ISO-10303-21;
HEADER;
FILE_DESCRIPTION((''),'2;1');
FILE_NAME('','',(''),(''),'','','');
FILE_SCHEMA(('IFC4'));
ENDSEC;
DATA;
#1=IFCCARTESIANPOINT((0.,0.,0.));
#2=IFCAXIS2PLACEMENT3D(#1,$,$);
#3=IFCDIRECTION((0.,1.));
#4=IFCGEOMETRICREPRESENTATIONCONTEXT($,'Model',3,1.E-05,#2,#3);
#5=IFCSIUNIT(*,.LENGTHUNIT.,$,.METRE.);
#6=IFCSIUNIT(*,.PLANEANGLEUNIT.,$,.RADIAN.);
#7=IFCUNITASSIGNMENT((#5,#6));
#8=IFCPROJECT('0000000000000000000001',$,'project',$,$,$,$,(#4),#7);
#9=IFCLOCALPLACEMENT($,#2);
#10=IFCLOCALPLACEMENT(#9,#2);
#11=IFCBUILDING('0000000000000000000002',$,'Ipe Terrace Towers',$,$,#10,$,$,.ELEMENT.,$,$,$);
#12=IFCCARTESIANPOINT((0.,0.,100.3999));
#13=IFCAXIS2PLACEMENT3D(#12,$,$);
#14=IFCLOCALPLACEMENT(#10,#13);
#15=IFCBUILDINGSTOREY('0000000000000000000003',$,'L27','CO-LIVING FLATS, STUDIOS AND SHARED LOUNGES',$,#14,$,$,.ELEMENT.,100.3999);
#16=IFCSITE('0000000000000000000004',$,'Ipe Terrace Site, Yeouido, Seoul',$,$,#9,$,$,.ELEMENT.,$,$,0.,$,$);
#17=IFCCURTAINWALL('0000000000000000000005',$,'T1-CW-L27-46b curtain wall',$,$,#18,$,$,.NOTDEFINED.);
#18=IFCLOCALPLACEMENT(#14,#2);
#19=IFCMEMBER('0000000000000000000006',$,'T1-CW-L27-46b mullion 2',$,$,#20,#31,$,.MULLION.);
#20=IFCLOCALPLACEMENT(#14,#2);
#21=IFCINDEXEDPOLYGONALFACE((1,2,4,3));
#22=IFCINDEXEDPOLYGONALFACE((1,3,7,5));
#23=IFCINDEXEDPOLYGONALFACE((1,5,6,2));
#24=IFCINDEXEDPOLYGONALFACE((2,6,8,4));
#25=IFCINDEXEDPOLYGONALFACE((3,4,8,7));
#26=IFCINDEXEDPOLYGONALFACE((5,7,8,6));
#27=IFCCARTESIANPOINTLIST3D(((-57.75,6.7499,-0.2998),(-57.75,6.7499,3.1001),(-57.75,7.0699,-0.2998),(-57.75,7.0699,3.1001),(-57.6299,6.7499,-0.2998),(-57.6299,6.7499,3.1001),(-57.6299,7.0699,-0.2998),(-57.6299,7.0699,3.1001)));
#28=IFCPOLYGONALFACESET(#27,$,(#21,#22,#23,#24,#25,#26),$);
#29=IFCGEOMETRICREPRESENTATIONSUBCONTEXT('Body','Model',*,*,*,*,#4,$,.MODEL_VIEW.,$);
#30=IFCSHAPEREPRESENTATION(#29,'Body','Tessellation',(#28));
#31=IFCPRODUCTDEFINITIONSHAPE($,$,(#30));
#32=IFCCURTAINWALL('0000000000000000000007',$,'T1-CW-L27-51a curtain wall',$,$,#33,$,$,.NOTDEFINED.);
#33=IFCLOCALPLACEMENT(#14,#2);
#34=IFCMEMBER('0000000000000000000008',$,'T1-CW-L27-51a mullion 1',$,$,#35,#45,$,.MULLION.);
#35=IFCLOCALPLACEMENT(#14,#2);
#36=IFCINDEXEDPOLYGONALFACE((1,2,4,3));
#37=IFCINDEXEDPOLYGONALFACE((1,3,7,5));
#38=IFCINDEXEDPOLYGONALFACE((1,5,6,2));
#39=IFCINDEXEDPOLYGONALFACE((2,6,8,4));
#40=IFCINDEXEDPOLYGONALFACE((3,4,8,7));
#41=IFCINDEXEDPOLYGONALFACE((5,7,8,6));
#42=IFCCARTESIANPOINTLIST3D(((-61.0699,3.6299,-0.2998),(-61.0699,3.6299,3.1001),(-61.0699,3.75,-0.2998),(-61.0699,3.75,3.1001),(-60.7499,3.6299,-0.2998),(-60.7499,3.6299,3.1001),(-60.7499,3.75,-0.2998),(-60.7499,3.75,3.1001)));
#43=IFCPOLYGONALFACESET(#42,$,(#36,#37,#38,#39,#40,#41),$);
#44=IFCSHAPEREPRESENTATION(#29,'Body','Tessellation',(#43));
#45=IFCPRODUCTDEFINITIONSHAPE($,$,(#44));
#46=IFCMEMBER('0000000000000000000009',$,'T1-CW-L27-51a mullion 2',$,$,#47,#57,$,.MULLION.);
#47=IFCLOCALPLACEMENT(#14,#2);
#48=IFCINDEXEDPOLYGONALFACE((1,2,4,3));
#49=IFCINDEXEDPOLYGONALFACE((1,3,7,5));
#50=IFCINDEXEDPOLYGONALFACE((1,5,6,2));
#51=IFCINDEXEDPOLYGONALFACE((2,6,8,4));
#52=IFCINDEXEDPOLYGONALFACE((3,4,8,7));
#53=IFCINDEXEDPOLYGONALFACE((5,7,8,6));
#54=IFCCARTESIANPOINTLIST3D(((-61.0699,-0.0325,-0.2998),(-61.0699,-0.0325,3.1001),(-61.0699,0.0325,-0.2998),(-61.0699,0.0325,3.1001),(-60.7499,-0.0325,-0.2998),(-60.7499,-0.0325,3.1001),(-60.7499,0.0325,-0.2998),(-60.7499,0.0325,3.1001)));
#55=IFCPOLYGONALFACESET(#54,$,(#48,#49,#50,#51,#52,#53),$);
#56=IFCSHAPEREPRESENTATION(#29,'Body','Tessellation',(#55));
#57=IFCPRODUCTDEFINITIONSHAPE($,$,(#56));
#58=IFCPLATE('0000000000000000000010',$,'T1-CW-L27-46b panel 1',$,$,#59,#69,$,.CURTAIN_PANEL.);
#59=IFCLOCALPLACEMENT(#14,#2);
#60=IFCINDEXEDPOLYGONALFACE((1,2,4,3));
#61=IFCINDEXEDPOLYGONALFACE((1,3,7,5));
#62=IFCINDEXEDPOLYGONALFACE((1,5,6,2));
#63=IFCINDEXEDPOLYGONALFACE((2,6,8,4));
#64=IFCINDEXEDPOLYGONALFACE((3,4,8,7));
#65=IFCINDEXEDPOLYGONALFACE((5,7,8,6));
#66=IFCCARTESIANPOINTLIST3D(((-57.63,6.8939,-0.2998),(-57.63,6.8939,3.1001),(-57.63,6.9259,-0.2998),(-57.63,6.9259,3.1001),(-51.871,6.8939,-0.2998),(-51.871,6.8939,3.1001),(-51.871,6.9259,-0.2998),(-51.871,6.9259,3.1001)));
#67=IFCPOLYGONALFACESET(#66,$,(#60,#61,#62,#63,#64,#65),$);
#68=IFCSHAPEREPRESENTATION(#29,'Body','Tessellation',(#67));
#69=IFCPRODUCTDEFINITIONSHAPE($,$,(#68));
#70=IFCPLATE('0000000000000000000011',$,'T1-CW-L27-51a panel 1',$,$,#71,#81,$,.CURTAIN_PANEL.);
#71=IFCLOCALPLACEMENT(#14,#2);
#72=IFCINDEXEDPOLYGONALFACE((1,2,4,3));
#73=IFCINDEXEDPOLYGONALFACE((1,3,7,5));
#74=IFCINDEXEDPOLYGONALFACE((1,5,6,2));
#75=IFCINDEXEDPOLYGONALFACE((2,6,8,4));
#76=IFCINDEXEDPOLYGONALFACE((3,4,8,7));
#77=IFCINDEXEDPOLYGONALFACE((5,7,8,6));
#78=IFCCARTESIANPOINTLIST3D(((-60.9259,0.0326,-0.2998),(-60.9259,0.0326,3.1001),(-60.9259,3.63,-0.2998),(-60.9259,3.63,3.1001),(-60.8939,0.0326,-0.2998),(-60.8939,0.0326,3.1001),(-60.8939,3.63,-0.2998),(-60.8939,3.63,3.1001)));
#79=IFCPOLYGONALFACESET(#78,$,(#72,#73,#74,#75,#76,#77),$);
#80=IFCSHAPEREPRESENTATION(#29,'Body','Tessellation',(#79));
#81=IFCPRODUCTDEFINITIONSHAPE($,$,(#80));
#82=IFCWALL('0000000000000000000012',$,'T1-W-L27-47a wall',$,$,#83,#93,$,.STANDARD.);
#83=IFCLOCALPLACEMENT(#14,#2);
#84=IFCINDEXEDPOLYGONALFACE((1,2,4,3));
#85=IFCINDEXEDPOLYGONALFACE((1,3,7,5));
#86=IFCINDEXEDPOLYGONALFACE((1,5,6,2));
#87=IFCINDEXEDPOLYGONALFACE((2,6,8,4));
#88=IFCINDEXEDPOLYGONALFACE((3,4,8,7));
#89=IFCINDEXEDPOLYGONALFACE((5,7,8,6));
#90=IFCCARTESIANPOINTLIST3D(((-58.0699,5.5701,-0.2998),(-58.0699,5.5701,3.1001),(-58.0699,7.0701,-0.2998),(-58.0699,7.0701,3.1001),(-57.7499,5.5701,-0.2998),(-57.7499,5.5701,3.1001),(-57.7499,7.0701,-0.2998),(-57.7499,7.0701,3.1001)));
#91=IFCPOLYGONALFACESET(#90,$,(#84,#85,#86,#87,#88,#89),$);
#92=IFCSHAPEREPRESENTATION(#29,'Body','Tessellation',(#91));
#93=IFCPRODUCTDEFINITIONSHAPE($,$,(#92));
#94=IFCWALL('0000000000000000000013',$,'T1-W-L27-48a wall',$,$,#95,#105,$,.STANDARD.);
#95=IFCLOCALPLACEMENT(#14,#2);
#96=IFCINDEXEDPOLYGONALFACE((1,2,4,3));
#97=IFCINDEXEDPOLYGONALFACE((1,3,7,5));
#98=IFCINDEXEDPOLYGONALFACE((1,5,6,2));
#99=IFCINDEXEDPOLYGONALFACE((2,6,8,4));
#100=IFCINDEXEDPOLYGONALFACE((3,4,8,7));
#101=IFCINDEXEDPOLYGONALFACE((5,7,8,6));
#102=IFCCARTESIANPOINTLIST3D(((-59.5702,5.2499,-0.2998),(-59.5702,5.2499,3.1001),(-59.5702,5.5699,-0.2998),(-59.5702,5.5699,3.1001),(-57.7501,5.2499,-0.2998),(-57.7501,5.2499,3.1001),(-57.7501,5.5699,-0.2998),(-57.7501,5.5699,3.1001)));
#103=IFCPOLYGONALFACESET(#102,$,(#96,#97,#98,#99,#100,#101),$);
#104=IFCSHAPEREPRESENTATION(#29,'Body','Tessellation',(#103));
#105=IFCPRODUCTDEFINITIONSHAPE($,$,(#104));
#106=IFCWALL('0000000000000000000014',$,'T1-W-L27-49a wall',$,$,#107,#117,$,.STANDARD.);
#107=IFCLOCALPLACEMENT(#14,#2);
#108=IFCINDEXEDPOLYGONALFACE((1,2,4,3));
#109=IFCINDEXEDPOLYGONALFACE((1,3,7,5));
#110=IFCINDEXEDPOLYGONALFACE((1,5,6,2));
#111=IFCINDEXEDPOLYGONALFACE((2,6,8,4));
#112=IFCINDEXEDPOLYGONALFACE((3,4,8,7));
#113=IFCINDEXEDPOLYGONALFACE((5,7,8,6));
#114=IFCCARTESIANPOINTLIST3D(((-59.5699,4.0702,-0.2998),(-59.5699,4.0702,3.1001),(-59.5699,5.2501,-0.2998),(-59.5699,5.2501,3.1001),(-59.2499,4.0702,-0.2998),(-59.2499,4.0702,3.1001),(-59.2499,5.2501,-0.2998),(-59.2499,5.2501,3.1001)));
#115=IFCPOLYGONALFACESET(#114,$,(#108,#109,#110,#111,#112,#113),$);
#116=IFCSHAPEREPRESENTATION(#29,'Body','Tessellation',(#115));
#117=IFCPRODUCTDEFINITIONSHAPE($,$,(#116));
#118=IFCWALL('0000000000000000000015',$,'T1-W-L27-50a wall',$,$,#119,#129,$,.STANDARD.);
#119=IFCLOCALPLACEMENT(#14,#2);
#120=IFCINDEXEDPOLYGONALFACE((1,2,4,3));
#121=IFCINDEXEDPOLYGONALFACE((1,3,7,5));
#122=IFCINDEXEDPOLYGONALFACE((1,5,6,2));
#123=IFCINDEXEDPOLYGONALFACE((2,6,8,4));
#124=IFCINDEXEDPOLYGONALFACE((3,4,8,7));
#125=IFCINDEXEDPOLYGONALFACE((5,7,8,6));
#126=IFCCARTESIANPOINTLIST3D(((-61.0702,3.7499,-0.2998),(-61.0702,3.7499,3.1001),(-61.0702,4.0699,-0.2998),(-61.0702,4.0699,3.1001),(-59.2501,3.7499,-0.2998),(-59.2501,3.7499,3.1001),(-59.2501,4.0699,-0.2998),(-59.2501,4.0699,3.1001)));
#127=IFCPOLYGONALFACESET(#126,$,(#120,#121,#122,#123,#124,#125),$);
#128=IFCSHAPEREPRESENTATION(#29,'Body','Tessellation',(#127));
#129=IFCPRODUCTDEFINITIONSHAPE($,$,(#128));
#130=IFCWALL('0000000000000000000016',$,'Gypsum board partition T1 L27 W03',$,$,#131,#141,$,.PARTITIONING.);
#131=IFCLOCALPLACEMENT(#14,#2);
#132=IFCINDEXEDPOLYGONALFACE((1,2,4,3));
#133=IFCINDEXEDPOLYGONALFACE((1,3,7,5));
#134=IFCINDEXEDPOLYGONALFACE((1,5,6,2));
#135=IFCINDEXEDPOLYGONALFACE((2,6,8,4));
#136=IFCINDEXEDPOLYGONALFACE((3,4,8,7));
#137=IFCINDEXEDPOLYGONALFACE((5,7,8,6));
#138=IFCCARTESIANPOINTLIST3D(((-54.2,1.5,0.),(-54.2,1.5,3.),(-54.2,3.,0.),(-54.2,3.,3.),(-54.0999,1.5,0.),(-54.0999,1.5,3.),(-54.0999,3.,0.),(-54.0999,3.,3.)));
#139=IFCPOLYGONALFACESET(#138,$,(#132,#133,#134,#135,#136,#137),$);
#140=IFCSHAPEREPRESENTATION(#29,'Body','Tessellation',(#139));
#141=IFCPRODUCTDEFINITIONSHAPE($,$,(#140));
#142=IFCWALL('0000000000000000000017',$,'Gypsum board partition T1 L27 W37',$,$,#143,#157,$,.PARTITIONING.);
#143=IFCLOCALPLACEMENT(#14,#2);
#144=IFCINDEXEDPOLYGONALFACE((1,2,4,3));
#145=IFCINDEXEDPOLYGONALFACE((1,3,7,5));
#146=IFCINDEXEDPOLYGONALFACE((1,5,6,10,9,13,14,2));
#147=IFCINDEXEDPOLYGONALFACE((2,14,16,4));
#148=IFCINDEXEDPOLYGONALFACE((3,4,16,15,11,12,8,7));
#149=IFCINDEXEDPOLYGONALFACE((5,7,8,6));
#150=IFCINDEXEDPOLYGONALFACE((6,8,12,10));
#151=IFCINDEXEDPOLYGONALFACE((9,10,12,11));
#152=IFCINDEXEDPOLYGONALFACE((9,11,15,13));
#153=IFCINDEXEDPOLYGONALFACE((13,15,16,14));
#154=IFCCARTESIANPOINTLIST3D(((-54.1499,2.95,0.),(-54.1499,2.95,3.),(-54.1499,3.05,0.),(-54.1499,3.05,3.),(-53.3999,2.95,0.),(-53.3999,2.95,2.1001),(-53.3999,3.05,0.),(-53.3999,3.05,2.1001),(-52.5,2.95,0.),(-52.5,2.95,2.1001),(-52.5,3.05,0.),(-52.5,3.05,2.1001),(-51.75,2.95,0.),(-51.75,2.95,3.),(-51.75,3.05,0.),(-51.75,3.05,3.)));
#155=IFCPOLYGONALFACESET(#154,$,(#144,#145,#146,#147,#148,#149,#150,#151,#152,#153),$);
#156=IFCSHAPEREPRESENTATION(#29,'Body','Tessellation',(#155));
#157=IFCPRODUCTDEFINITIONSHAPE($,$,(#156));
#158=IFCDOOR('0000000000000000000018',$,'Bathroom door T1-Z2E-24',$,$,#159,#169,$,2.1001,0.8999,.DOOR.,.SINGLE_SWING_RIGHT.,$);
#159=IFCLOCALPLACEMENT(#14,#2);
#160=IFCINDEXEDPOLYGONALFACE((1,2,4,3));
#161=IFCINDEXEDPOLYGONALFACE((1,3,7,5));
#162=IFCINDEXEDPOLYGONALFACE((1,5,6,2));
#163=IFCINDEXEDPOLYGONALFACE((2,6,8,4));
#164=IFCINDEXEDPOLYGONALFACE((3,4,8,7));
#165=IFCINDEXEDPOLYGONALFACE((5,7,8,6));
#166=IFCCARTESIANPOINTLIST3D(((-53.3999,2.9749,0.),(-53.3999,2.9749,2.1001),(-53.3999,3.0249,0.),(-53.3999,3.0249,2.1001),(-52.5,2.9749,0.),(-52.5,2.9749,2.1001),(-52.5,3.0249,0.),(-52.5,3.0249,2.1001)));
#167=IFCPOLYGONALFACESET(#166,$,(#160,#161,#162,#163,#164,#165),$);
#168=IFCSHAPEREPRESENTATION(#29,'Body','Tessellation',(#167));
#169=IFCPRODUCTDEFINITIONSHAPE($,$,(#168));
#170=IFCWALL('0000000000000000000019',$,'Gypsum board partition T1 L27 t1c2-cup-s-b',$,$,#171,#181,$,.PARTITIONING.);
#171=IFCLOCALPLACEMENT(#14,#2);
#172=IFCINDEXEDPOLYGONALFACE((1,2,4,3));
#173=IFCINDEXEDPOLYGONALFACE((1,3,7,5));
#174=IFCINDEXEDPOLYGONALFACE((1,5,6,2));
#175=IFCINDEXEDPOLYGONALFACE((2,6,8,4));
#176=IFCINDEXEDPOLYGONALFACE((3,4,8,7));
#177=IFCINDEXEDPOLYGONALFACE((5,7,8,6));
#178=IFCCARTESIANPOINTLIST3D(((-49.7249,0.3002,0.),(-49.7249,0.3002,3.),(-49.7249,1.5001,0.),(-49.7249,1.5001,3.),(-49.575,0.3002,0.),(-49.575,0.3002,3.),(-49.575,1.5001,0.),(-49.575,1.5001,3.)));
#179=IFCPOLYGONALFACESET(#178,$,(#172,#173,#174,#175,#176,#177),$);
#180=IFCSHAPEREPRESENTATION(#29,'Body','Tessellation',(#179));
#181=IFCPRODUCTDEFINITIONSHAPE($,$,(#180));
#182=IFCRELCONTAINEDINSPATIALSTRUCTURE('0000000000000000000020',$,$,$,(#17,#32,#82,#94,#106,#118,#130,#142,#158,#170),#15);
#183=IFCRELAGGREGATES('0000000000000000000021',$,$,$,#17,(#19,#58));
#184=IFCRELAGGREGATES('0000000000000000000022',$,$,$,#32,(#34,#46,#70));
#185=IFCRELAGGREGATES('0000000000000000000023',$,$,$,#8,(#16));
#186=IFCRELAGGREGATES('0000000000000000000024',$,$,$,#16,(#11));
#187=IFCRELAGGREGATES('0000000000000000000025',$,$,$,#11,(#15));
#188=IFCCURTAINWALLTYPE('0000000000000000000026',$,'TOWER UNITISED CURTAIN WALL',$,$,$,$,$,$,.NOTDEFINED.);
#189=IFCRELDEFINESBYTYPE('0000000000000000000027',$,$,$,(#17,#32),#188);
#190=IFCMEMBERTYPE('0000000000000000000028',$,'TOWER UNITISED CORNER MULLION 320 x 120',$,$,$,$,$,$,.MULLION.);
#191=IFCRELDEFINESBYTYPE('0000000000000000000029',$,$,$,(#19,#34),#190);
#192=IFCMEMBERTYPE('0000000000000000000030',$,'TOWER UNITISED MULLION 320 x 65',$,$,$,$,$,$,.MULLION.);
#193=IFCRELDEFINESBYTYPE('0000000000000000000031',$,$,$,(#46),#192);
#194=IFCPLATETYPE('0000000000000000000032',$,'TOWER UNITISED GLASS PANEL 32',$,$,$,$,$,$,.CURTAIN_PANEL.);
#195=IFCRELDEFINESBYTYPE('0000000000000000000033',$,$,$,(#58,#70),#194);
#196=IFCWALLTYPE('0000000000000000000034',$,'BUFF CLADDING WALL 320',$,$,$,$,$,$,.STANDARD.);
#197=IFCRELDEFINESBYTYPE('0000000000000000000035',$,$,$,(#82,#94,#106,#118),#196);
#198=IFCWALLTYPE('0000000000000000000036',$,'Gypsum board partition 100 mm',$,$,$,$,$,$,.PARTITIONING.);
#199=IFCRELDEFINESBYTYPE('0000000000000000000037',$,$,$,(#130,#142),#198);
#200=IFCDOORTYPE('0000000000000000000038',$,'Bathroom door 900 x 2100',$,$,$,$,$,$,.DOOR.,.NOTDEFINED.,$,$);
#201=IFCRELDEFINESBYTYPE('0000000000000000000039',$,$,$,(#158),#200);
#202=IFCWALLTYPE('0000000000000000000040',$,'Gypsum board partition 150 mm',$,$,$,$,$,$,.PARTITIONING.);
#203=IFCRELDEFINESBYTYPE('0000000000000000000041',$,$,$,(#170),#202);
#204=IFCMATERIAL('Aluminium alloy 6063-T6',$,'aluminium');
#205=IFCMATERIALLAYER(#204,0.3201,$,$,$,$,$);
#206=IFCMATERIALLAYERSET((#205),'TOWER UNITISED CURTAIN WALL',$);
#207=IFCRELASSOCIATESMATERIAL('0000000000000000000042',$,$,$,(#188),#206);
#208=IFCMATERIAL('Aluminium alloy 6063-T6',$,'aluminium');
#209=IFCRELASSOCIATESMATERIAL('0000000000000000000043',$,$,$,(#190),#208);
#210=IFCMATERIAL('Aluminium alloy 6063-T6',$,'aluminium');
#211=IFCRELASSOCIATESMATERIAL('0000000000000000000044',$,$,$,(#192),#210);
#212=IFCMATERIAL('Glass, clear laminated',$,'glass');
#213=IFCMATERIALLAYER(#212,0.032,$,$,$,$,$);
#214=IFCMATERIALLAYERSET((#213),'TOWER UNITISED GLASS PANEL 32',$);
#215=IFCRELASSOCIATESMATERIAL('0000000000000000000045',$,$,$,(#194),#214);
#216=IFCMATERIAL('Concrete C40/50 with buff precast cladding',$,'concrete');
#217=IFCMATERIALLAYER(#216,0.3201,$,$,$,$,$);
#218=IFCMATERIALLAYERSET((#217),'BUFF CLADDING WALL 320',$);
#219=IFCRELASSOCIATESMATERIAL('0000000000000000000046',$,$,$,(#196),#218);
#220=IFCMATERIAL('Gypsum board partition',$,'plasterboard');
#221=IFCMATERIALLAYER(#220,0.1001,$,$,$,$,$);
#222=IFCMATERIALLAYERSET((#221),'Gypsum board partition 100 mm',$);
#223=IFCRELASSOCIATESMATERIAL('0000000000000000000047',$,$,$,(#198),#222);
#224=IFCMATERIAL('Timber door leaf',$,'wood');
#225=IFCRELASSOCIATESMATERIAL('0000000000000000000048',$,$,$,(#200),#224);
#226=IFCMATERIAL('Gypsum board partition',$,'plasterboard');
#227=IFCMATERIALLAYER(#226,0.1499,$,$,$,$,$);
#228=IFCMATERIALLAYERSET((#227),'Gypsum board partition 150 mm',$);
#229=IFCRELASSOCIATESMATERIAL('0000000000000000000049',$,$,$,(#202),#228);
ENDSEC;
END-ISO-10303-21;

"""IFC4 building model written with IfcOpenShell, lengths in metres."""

from ifc_helpers import new_model, si_unit, direction, frame, frame_2d, origin, origin_2d, place, context, subcontext, project, spatial, rectangle, extrude, material, layer, layer_set, material_profile, profile_set, type_object, element, fill, aggregate, save


model = new_model("IFC4")

# Units and contexts
model_context = context("Model", 3, precision=1e-05, world=origin(), true_north=direction((0.0, 1.0)))
body_context = subcontext(model_context, "Body", "Model", "MODEL_VIEW")
ifc_project = project(units=[si_unit("LENGTHUNIT", "METRE"), si_unit("PLANEANGLEUNIT", "RADIAN")], contexts=[model_context])

# Site, building, storey
site_placement = place(None, origin())
site = spatial("IfcSite", under=ifc_project, at=site_placement, Name="Ipe Terrace Site, Yeouido, Seoul", CompositionType="ELEMENT", RefElevation=0.0)
building_placement = place(site_placement, origin())
building = spatial("IfcBuilding", under=site, at=building_placement, Name="Ipe Terrace Towers", CompositionType="ELEMENT")
storey_placement = place(building_placement, frame((0.0, 0.0, 100.3999)))
storey = spatial("IfcBuildingStorey", under=building, at=storey_placement, Name="L27", Description="CO-LIVING FLATS, STUDIOS AND SHARED LOUNGES", CompositionType="ELEMENT", Elevation=100.3999)

# Curtain walls, members
ifc_material_1 = material(Name="Aluminium alloy 6063-T6", Category="aluminium")
ifc_layer_1 = layer(ifc_material_1, 0.3201)
ifc_layer_set_1 = layer_set([ifc_layer_1], Name="TOWER UNITISED CURTAIN WALL")
curtain_wall_type = type_object("IfcCurtainWallType", Name="TOWER UNITISED CURTAIN WALL", PredefinedType="NOTDEFINED", material=ifc_layer_set_1)
curtain_wall_1_placement = place(storey_placement, origin())
curtain_wall_1 = element("IfcCurtainWall", 1, at=curtain_wall_1_placement, inside=storey, type_object=curtain_wall_type, Name="T1-CW-L27-46b curtain wall", PredefinedType="NOTDEFINED")
ifc_material_2 = material(Name="Aluminium alloy 6063-T6", Category="aluminium")
ifc_material_profile_1 = material_profile(ifc_material_2, rectangle(XDim=0.3201, YDim=0.1201, at=origin_2d()), Name="TOWER UNITISED CORNER MULLION 320 x 120")
ifc_profile_set_1 = profile_set([ifc_material_profile_1], Name="Aluminium alloy 6063-T6")
member_type_1 = type_object("IfcMemberType", Name="TOWER UNITISED CORNER MULLION 320 x 120", PredefinedType="MULLION", material=ifc_profile_set_1)
member_1_placement = place(storey_placement, frame((-57.6899, 6.9099, -0.2998), z_axis=(0.0, 0.0, 1.0), x_axis=(0.0, 1.0, 0.0)))
member_1 = element("IfcMember", 2, at=member_1_placement, type_object=member_type_1, Name="T1-CW-L27-46b mullion 2", PredefinedType="MULLION", context=body_context, shape_type="SweptSolid", body=[
    extrude(rectangle(XDim=0.3201, YDim=0.1201, at=origin_2d()), origin(), (0.0, 0.0, 1.0), 3.3999),
])
curtain_wall_2_placement = place(storey_placement, origin())
curtain_wall_2 = element("IfcCurtainWall", 3, at=curtain_wall_2_placement, inside=storey, type_object=curtain_wall_type, Name="T1-CW-L27-51a curtain wall", PredefinedType="NOTDEFINED")
member_2_placement = place(storey_placement, frame((-60.9099, 3.6899, -0.2998), z_axis=(0.0, 0.0, 1.0), x_axis=(-1.0, 0.0, 0.0)))
member_2 = element("IfcMember", 4, at=member_2_placement, type_object=member_type_1, Name="T1-CW-L27-51a mullion 1", PredefinedType="MULLION", context=body_context, shape_type="SweptSolid", body=[
    extrude(rectangle(XDim=0.3201, YDim=0.1201, at=origin_2d()), origin(), (0.0, 0.0, 1.0), 3.3999),
])
ifc_material_3 = material(Name="Aluminium alloy 6063-T6", Category="aluminium")
ifc_material_profile_2 = material_profile(ifc_material_3, rectangle(XDim=0.3201, YDim=0.0649, at=origin_2d()), Name="TOWER UNITISED MULLION 320 x 65")
ifc_profile_set_2 = profile_set([ifc_material_profile_2], Name="Aluminium alloy 6063-T6")
member_type_2 = type_object("IfcMemberType", Name="TOWER UNITISED MULLION 320 x 65", PredefinedType="MULLION", material=ifc_profile_set_2)
member_3_placement = place(storey_placement, frame((-60.9099, 0.0, -0.2998), z_axis=(0.0, 0.0, 1.0), x_axis=(-1.0, 0.0, 0.0)))
member_3 = element("IfcMember", 5, at=member_3_placement, type_object=member_type_2, Name="T1-CW-L27-51a mullion 2", PredefinedType="MULLION", context=body_context, shape_type="SweptSolid", body=[
    extrude(rectangle(XDim=0.3201, YDim=0.0649, at=origin_2d()), origin(), (0.0, 0.0, 1.0), 3.3999),
])

# Plates
ifc_material_4 = material(Name="Glass, clear laminated", Category="glass")
ifc_layer_2 = layer(ifc_material_4, 0.032)
ifc_layer_set_2 = layer_set([ifc_layer_2], Name="TOWER UNITISED GLASS PANEL 32")
plate_type = type_object("IfcPlateType", Name="TOWER UNITISED GLASS PANEL 32", PredefinedType="CURTAIN_PANEL", material=ifc_layer_set_2)
plate_1_placement = place(storey_placement, frame((-54.7505, 6.9099, -0.2998), z_axis=(0.0, 0.0, 1.0), x_axis=(-1.0, 0.0, 0.0)))
plate_1 = element("IfcPlate", 6, at=plate_1_placement, type_object=plate_type, Name="T1-CW-L27-46b panel 1", PredefinedType="CURTAIN_PANEL", context=body_context, shape_type="SweptSolid", body=[
    extrude(rectangle(XDim=5.759, YDim=0.032, at=origin_2d()), origin(), (0.0, 0.0, 1.0), 3.3999),
])
aggregate(curtain_wall_1, [member_1, plate_1])
plate_2_placement = place(storey_placement, frame((-60.9099, 1.8313, -0.2998), z_axis=(0.0, 0.0, 1.0), x_axis=(0.0, -1.0, 0.0)))
plate_2 = element("IfcPlate", 7, at=plate_2_placement, type_object=plate_type, Name="T1-CW-L27-51a panel 1", PredefinedType="CURTAIN_PANEL", context=body_context, shape_type="SweptSolid", body=[
    extrude(rectangle(XDim=3.5974, YDim=0.032, at=origin_2d()), origin(), (0.0, 0.0, 1.0), 3.3999),
])
aggregate(curtain_wall_2, [member_2, member_3, plate_2])

# Walls
ifc_material_5 = material(Name="Concrete C40/50 with buff precast cladding", Category="concrete")
ifc_layer_3 = layer(ifc_material_5, 0.3201)
ifc_layer_set_3 = layer_set([ifc_layer_3], Name="BUFF CLADDING WALL 320")
wall_type_1 = type_object("IfcWallType", Name="BUFF CLADDING WALL 320", PredefinedType="STANDARD", material=ifc_layer_set_3)
wall_1_placement = place(storey_placement, frame((-57.9099, 7.0701, -0.2998), z_axis=(0.0, 0.0, 1.0), x_axis=(0.0, -1.0, 0.0)))
element("IfcWall", 8, at=wall_1_placement, inside=storey, type_object=wall_type_1, Name="T1-W-L27-47a wall", PredefinedType="STANDARD", context=body_context, shape_type="SweptSolid", body=[
    extrude(rectangle(XDim=1.5, YDim=0.3201, at=frame_2d((0.75, 0.0))), origin(), (0.0, 0.0, 1.0), 3.3999),
])
wall_2_placement = place(storey_placement, frame((-57.75, 5.4099, -0.2998), z_axis=(0.0, 0.0, 1.0), x_axis=(-1.0, 0.0, 0.0)))
element("IfcWall", 9, at=wall_2_placement, inside=storey, type_object=wall_type_1, Name="T1-W-L27-48a wall", PredefinedType="STANDARD", context=body_context, shape_type="SweptSolid", body=[
    extrude(rectangle(XDim=1.8201, YDim=0.3201, at=frame_2d((0.9102, 0.0))), origin(), (0.0, 0.0, 1.0), 3.3999),
])
wall_3_placement = place(storey_placement, frame((-59.4099, 5.25, -0.2998), z_axis=(0.0, 0.0, 1.0), x_axis=(0.0, -1.0, 0.0)))
element("IfcWall", 10, at=wall_3_placement, inside=storey, type_object=wall_type_1, Name="T1-W-L27-49a wall", PredefinedType="STANDARD", context=body_context, shape_type="SweptSolid", body=[
    extrude(rectangle(XDim=1.1799, YDim=0.3201, at=frame_2d((0.5898, 0.0))), origin(), (0.0, 0.0, 1.0), 3.3999),
])
wall_4_placement = place(storey_placement, frame((-59.25, 3.9099, -0.2998), z_axis=(0.0, 0.0, 1.0), x_axis=(-1.0, 0.0, 0.0)))
element("IfcWall", 11, at=wall_4_placement, inside=storey, type_object=wall_type_1, Name="T1-W-L27-50a wall", PredefinedType="STANDARD", context=body_context, shape_type="SweptSolid", body=[
    extrude(rectangle(XDim=1.8201, YDim=0.3201, at=frame_2d((0.9102, 0.0))), origin(), (0.0, 0.0, 1.0), 3.3999),
])
ifc_material_6 = material(Name="Gypsum board partition", Category="plasterboard")
ifc_layer_4 = layer(ifc_material_6, 0.1001)
ifc_layer_set_4 = layer_set([ifc_layer_4], Name="Gypsum board partition 100 mm")
wall_type_2 = type_object("IfcWallType", Name="Gypsum board partition 100 mm", PredefinedType="PARTITIONING", material=ifc_layer_set_4)
wall_5_placement = place(storey_placement, frame((-54.1499, 1.5, 0.0), z_axis=(0.0, 0.0, 1.0), x_axis=(0.0, 1.0, 0.0)))
element("IfcWall", 12, at=wall_5_placement, inside=storey, type_object=wall_type_2, Name="Gypsum board partition T1 L27 W03", PredefinedType="PARTITIONING", context=body_context, shape_type="SweptSolid", body=[
    extrude(rectangle(XDim=1.5, YDim=0.1001, at=frame_2d((0.75, 0.0))), origin(), (0.0, 0.0, 1.0), 3.0),
])

# Wall, opening, door
wall_6_placement = place(storey_placement, frame((-54.1499, 3.0, 0.0), z_axis=(0.0, 0.0, 1.0), x_axis=(1.0, 0.0, 0.0)))
wall_6 = element("IfcWall", 13, at=wall_6_placement, inside=storey, type_object=wall_type_2, Name="Gypsum board partition T1 L27 W37", PredefinedType="PARTITIONING", context=body_context, shape_type="SweptSolid", body=[
    extrude(rectangle(XDim=2.3999, YDim=0.1001, at=frame_2d((1.2, 0.0))), origin(), (0.0, 0.0, 1.0), 3.0),
])
opening_1_placement = place(wall_6_placement, frame((0.75, 0.0, 0.0)))
opening_1 = element("IfcOpeningElement", 14, at=opening_1_placement, cuts=wall_6, PredefinedType="OPENING", context=body_context, shape_type="SweptSolid", body=[
    extrude(rectangle(XDim=0.8999, YDim=2.1001, at=frame_2d((0.45, 1.05))), frame((0.0, 0.0601, 0.0), z_axis=(0.0, -1.0, 0.0), x_axis=(1.0, 0.0, 0.0)), (0.0, 0.0, 1.0), 0.1201),
])
ifc_material_7 = material(Name="Timber door leaf", Category="wood")
door_type_1 = type_object("IfcDoorType", Name="Bathroom door 900 x 2100", OperationType="NOTDEFINED", PredefinedType="DOOR", material=ifc_material_7)
door_1_placement = place(opening_1_placement, origin())
door_1 = element("IfcDoor", 15, at=door_1_placement, inside=storey, type_object=door_type_1, Name="Bathroom door T1-Z2E-24", OperationType="SINGLE_SWING_RIGHT", OverallHeight=2.1001, OverallWidth=0.8999, PredefinedType="DOOR", context=body_context, shape_type="SweptSolid", body=[
    extrude(rectangle(XDim=0.8999, YDim=2.1001, at=frame_2d((0.45, 1.05))), frame((0.0, 0.0249, 0.0), z_axis=(0.0, -1.0, 0.0), x_axis=(1.0, 0.0, 0.0)), (0.0, 0.0, 1.0), 0.05),
])
fill(opening_1, door_1)

# Wall
ifc_material_8 = material(Name="Gypsum board partition", Category="plasterboard")
ifc_layer_5 = layer(ifc_material_8, 0.1499)
ifc_layer_set_5 = layer_set([ifc_layer_5], Name="Gypsum board partition 150 mm")
wall_type_3 = type_object("IfcWallType", Name="Gypsum board partition 150 mm", PredefinedType="PARTITIONING", material=ifc_layer_set_5)
wall_7_placement = place(storey_placement, frame((-49.6499, 0.3, 0.0), z_axis=(0.0, 0.0, 1.0), x_axis=(0.0, 1.0, 0.0)))
element("IfcWall", 16, at=wall_7_placement, inside=storey, type_object=wall_type_3, Name="Gypsum board partition T1 L27 t1c2-cup-s-b", PredefinedType="PARTITIONING", context=body_context, shape_type="SweptSolid", body=[
    extrude(rectangle(XDim=1.2, YDim=0.1499, at=frame_2d((0.6001, 0.0))), origin(), (0.0, 0.0, 1.0), 3.0),
])

save(model, "model.ifc")
